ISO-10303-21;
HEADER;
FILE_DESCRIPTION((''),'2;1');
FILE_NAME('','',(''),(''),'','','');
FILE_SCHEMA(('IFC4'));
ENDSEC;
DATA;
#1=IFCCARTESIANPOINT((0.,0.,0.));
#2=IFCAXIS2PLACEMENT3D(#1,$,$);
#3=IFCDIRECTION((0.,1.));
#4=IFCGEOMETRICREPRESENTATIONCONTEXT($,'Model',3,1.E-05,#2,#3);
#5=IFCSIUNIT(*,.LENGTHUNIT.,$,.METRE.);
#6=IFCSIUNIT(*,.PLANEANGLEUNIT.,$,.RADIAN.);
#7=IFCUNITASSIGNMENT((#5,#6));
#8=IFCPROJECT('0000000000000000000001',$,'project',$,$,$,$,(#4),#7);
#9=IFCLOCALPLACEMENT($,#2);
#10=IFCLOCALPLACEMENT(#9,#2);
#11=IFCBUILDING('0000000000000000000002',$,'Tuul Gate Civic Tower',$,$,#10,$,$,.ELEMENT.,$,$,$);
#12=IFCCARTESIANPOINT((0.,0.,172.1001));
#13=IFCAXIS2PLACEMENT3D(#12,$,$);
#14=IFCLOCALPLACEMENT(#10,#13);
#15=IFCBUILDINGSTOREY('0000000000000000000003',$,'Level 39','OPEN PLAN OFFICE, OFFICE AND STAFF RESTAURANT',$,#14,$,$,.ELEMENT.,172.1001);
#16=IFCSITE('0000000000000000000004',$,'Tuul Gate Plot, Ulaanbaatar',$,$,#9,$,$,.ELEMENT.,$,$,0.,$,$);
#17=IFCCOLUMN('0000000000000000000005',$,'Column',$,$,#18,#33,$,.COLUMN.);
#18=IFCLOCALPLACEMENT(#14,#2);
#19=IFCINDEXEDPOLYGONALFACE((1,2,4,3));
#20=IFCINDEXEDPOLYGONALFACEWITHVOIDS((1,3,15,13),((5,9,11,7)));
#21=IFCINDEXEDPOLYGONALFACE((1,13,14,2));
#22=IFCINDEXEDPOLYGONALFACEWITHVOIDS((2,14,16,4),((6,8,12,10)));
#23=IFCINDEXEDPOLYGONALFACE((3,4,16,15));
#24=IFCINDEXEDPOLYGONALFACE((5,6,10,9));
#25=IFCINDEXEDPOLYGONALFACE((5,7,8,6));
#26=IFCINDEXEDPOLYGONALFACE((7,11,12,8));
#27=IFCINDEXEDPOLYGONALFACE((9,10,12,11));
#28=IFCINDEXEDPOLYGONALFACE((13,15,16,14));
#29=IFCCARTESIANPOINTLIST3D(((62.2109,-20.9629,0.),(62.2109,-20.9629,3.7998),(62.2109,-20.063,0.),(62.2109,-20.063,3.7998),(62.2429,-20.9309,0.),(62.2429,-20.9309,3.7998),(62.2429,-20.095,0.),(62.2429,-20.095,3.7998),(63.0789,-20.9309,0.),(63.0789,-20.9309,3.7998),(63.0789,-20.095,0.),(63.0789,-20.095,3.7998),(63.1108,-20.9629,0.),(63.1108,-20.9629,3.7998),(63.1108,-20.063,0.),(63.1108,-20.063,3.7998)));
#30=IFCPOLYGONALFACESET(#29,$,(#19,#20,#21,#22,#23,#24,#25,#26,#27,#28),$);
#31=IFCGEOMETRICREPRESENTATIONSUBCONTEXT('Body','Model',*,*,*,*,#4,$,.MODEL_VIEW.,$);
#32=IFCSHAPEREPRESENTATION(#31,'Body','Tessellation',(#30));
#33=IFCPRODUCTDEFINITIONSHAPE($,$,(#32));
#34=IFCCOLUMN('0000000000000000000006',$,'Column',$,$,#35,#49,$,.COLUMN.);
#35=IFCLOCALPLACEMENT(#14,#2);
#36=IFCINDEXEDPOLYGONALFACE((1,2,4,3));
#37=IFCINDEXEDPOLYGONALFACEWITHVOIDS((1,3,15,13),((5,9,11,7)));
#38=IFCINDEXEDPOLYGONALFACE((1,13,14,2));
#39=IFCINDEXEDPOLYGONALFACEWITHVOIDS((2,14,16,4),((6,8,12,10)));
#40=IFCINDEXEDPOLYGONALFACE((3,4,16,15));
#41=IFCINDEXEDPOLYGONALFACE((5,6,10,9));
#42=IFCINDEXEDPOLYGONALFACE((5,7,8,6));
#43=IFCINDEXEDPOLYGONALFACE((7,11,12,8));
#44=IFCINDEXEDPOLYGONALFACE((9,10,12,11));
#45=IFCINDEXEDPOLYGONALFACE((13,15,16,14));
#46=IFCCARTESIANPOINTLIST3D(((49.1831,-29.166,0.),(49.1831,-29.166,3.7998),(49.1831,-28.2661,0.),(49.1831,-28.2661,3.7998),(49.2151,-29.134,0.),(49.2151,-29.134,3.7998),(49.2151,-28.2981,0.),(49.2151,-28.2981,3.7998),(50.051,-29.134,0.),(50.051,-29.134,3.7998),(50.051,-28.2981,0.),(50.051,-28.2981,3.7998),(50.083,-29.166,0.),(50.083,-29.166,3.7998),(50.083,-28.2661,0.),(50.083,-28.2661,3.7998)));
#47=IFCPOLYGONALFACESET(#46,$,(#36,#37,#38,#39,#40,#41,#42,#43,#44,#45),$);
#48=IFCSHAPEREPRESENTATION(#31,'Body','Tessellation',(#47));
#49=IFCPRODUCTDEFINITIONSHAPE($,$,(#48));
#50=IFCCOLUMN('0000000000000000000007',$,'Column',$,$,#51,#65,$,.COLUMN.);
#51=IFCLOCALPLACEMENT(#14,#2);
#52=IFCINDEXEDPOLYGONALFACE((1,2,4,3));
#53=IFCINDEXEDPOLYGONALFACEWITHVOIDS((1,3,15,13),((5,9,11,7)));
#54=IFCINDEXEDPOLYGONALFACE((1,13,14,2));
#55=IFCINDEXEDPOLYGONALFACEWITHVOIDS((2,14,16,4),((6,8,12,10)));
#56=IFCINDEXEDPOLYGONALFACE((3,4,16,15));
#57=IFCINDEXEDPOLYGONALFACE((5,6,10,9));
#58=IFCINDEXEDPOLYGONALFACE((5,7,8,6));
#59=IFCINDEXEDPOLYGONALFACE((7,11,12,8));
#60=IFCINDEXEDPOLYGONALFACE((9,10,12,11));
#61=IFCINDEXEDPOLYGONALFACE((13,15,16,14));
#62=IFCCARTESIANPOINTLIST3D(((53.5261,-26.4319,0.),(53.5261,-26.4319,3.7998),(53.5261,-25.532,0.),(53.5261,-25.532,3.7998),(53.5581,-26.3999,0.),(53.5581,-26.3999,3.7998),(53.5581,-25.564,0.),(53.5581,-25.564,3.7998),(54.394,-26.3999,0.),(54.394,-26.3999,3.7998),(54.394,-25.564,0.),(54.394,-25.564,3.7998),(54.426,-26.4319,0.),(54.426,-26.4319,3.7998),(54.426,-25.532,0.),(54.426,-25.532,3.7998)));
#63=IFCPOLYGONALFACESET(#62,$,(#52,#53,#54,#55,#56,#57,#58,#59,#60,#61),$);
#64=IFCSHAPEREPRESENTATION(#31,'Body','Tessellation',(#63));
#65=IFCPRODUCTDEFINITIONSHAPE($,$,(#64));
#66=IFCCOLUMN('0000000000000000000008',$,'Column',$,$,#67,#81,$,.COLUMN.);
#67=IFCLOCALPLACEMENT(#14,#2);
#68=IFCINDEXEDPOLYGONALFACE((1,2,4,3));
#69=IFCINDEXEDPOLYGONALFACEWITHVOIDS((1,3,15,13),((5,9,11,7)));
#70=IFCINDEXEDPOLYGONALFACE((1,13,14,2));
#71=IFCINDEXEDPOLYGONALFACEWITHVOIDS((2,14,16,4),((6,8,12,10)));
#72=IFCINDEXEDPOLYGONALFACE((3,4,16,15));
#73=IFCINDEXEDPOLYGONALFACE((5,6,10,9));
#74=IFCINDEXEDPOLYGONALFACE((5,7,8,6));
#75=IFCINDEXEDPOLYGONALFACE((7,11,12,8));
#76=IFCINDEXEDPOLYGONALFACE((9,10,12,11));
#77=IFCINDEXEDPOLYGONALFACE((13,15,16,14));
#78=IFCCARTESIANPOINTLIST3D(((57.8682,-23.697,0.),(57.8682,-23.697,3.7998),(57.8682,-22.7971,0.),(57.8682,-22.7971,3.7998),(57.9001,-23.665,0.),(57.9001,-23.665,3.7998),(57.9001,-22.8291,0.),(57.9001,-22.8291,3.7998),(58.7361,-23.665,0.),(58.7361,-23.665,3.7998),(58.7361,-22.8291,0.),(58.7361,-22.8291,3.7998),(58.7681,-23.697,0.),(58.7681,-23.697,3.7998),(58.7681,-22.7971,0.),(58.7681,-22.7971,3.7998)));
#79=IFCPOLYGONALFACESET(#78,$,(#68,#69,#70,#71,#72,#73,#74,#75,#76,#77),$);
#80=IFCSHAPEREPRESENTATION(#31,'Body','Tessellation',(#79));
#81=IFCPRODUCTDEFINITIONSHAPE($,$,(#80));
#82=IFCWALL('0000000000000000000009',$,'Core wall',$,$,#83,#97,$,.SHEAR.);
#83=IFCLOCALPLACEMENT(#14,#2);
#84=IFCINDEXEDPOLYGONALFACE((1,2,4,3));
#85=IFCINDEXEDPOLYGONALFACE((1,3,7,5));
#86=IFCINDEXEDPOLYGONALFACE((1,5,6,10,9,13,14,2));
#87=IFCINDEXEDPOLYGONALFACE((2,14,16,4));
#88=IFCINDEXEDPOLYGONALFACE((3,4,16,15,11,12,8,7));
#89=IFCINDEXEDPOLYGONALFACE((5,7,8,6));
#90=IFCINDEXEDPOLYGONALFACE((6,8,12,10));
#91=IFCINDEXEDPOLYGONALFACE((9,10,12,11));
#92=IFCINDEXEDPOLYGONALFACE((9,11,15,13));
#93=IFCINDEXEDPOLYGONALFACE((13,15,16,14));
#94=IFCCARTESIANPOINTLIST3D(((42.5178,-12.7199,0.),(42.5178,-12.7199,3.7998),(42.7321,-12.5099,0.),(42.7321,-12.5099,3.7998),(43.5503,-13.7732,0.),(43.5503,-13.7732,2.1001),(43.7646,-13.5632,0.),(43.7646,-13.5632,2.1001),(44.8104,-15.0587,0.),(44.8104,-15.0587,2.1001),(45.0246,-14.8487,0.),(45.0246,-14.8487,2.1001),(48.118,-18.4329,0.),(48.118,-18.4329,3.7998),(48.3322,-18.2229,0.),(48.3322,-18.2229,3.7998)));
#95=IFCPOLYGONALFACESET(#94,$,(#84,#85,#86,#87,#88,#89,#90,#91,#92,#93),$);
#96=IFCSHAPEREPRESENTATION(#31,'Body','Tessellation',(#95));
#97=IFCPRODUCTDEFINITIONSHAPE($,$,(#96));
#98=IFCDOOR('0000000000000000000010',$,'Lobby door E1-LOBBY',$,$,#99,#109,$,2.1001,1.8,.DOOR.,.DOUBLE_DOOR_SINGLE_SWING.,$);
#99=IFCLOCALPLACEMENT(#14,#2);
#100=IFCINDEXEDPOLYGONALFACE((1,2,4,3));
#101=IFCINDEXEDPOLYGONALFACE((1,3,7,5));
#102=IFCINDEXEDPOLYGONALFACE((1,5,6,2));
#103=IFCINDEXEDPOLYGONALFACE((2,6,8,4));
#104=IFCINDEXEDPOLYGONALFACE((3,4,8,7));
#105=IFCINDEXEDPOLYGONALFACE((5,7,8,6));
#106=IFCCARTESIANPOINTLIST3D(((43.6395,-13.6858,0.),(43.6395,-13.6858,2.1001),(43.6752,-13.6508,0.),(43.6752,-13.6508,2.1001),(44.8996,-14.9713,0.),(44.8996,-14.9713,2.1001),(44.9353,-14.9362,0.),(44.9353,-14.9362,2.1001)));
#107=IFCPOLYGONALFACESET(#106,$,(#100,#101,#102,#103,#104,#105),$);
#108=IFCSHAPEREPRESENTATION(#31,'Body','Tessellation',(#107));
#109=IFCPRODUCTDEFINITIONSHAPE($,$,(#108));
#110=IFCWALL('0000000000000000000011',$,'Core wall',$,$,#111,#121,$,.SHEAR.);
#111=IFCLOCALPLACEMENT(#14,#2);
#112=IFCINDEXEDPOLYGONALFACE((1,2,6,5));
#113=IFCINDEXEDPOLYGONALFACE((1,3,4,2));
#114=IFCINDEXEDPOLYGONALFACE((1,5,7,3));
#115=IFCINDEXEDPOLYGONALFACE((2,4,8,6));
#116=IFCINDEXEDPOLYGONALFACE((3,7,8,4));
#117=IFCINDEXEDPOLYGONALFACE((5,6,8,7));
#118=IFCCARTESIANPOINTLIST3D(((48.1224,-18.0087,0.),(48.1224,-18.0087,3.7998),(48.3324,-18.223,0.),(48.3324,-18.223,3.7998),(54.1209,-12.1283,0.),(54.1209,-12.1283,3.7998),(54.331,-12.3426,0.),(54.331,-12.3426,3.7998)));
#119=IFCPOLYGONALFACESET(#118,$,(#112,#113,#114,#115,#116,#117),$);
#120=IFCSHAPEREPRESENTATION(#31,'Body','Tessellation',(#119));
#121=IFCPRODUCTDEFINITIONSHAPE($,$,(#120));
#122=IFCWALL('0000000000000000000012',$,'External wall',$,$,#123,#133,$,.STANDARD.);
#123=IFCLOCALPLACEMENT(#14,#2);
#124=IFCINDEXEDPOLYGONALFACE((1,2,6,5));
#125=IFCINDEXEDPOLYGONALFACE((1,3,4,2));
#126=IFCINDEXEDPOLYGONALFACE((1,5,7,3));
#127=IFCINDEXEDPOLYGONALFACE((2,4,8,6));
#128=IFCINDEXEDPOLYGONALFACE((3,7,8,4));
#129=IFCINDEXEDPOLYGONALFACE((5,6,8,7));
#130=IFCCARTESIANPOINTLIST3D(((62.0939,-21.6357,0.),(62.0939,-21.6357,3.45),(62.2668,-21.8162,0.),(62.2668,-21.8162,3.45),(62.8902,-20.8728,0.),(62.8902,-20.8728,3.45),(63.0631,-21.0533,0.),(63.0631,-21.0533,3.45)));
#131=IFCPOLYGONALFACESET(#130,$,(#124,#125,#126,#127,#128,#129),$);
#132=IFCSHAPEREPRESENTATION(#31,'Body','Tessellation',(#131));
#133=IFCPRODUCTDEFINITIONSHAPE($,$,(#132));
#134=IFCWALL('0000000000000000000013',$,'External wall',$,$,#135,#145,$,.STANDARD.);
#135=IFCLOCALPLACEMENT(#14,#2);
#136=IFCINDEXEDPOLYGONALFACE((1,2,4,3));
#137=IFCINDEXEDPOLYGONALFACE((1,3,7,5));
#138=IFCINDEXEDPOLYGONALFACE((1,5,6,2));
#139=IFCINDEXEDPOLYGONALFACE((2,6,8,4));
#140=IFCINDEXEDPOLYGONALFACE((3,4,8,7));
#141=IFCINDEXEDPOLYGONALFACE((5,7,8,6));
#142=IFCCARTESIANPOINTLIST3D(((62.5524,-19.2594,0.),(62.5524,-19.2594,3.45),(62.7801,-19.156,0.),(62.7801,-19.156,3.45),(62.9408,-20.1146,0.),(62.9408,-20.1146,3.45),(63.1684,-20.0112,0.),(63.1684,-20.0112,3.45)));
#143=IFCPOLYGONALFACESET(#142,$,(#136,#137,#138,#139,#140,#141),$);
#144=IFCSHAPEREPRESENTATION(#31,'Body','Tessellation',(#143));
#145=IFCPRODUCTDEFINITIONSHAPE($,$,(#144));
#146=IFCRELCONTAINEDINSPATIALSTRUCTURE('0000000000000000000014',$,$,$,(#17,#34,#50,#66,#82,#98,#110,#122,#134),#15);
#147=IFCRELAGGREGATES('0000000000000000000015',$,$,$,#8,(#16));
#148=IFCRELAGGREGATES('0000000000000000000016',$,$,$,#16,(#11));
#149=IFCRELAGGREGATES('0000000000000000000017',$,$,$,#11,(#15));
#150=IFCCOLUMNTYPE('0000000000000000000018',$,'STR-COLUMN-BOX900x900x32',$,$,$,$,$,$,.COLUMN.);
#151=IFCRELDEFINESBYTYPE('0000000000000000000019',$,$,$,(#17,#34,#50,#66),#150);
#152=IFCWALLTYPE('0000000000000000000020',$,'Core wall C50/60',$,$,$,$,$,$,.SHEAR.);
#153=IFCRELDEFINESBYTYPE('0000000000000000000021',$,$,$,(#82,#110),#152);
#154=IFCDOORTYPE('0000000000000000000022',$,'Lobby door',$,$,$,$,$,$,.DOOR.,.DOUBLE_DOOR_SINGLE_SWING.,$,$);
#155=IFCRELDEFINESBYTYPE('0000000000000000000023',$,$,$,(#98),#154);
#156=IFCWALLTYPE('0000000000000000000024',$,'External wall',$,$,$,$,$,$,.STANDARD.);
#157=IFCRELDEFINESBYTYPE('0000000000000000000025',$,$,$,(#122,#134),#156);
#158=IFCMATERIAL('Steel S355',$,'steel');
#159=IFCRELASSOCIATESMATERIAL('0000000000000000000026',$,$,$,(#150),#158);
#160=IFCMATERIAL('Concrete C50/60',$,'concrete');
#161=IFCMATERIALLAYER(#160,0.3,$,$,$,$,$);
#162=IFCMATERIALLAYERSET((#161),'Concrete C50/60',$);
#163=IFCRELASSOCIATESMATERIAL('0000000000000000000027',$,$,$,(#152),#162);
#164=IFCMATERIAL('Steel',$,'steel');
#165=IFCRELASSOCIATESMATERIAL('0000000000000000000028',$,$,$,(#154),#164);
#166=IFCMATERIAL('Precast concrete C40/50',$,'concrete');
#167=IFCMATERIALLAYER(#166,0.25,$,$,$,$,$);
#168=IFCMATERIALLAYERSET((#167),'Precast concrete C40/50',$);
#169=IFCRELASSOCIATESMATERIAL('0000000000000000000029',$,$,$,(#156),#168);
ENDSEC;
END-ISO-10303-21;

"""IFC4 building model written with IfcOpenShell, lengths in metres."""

from ifc_helpers import new_model, si_unit, direction, frame, frame_2d, origin, origin_2d, place, context, subcontext, project, spatial, rectangle, hollow_rectangle, extrude, material, layer, layer_set, material_profile, profile_set, type_object, element, fill, save


model = new_model("IFC4")

# Units and contexts
model_context = context("Model", 3, precision=1e-05, world=origin(), true_north=direction((0.0, 1.0)))
body_context = subcontext(model_context, "Body", "Model", "MODEL_VIEW")
ifc_project = project(units=[si_unit("LENGTHUNIT", "METRE"), si_unit("PLANEANGLEUNIT", "RADIAN")], contexts=[model_context])

# Site, building, storey
site_placement = place(None, origin())
site = spatial("IfcSite", under=ifc_project, at=site_placement, Name="Tuul Gate Plot, Ulaanbaatar", CompositionType="ELEMENT", RefElevation=0.0)
building_placement = place(site_placement, origin())
building = spatial("IfcBuilding", under=site, at=building_placement, Name="Tuul Gate Civic Tower", CompositionType="ELEMENT")
storey_placement = place(building_placement, frame((0.0, 0.0, 172.1001)))
storey = spatial("IfcBuildingStorey", under=building, at=storey_placement, Name="Level 39", Description="OPEN PLAN OFFICE, OFFICE AND STAFF RESTAURANT", CompositionType="ELEMENT", Elevation=172.1001)

# Columns
ifc_material_1 = material(Name="Steel S355", Category="steel")
ifc_material_profile_1 = material_profile(ifc_material_1, hollow_rectangle(XDim=0.8999, YDim=0.8999, WallThickness=0.032, at=origin_2d()), Name="BOX900x900x32")
ifc_profile_set_1 = profile_set([ifc_material_profile_1], Name="Steel S355")
column_type = type_object("IfcColumnType", Name="STR-COLUMN-BOX900x900x32", PredefinedType="COLUMN", material=ifc_profile_set_1)
for number, where, z_axis, x_axis, name in (
    (1, (62.6609, -20.5129, 0.0), (0.0, 0.0, 1.0), (1.0, 0.0, 0.0), "Column"),
    (2, (49.6331, -28.7161, 0.0), (0.0, 0.0, 1.0), (1.0, 0.0, 0.0), "Column"),
    (3, (53.9761, -25.9819, 0.0), (0.0, 0.0, 1.0), (1.0, 0.0, 0.0), "Column"),
    (4, (58.3181, -23.2471, 0.0), (0.0, 0.0, 1.0), (1.0, 0.0, 0.0), "Column"),
):
    element("IfcColumn", number, at=place(storey_placement, frame(where, z_axis=z_axis, x_axis=x_axis)), inside=storey, type_object=column_type, Name=name, PredefinedType="COLUMN", context=body_context, shape_type="SweptSolid", body=[
        extrude(hollow_rectangle(XDim=0.8999, YDim=0.8999, WallThickness=0.032, at=origin_2d()), origin(), (0.0, 0.0, 1.0), 3.7998),
    ])

# Wall, opening, door
ifc_material_2 = material(Name="Concrete C50/60", Category="concrete")
ifc_layer_1 = layer(ifc_material_2, 0.3)
ifc_layer_set_1 = layer_set([ifc_layer_1], Name="Concrete C50/60")
wall_type_1 = type_object("IfcWallType", Name="Core wall C50/60", PredefinedType="SHEAR", material=ifc_layer_set_1)
wall_1_placement = place(storey_placement, frame((48.2251, -18.3279, 0.0), z_axis=(0.0, 0.0, 1.0), x_axis=(-0.700022, 0.714121, 0.0)))
wall_1 = element("IfcWall", 5, at=wall_1_placement, inside=storey, type_object=wall_type_1, Name="Core wall", PredefinedType="SHEAR", context=body_context, shape_type="SweptSolid", body=[
    extrude(rectangle(XDim=8.0, YDim=0.3, at=frame_2d((4.0, 0.0))), origin(), (0.0, 0.0, 1.0), 3.7998),
])
opening_1_placement = place(wall_1_placement, frame((4.7251, 0.0, 0.0)))
opening_1 = element("IfcOpeningElement", 6, at=opening_1_placement, cuts=wall_1, PredefinedType="OPENING", context=body_context, shape_type="SweptSolid", body=[
    extrude(rectangle(XDim=1.8, YDim=2.1001, at=frame_2d((0.8999, 1.05))), frame((0.0, 0.1602, 0.0), z_axis=(0.0, -1.0, 0.0), x_axis=(1.0, 0.0, 0.0)), (0.0, 0.0, 1.0), 0.3201),
])
ifc_material_3 = material(Name="Steel", Category="steel")
door_type = type_object("IfcDoorType", Name="Lobby door", OperationType="DOUBLE_DOOR_SINGLE_SWING", PredefinedType="DOOR", material=ifc_material_3)
door_placement = place(opening_1_placement, frame((1.8, 0.0, 0.0), z_axis=(0.0, 0.0, 1.0), x_axis=(-1.0, 0.0, 0.0)))
door = element("IfcDoor", 7, at=door_placement, inside=storey, type_object=door_type, Name="Lobby door E1-LOBBY", OperationType="DOUBLE_DOOR_SINGLE_SWING", OverallHeight=2.1001, OverallWidth=1.8, PredefinedType="DOOR", context=body_context, shape_type="SweptSolid", body=[
    extrude(rectangle(XDim=1.8, YDim=2.1001, at=frame_2d((0.9001, 1.05))), frame((0.0, 0.0249, 0.0), z_axis=(0.0, -1.0, 0.0), x_axis=(1.0, 0.0, 0.0)), (0.0, 0.0, 1.0), 0.05),
])
fill(opening_1, door)

# Walls
wall_2_placement = place(storey_placement, frame((48.2273, -18.116, 0.0), z_axis=(0.0, 0.0, 1.0), x_axis=(0.714105, 0.700038, 0.0)))
element("IfcWall", 8, at=wall_2_placement, inside=storey, type_object=wall_type_1, Name="Core wall", PredefinedType="SHEAR", context=body_context, shape_type="SweptSolid", body=[
    extrude(rectangle(XDim=8.4001, YDim=0.3, at=frame_2d((4.2002, 0.0))), origin(), (0.0, 0.0, 1.0), 3.7998),
])
ifc_material_4 = material(Name="Precast concrete C40/50", Category="concrete")
ifc_layer_2 = layer(ifc_material_4, 0.25)
ifc_layer_set_2 = layer_set([ifc_layer_2], Name="Precast concrete C40/50")
wall_type_2 = type_object("IfcWallType", Name="External wall", PredefinedType="STANDARD", material=ifc_layer_set_2)
wall_3_placement = place(storey_placement, frame((62.1804, -21.7258, 0.0), z_axis=(0.0, 0.0, 1.0), x_axis=(0.722108, 0.69178, 0.0)))
element("IfcWall", 9, at=wall_3_placement, inside=storey, type_object=wall_type_2, Name="External wall", PredefinedType="STANDARD", context=body_context, shape_type="SweptSolid", body=[
    extrude(rectangle(XDim=1.1028, YDim=0.25, at=frame_2d((0.5513, 0.0))), origin(), (0.0, 0.0, 1.0), 3.45),
])
wall_4_placement = place(storey_placement, frame((63.0547, -20.063, 0.0), z_axis=(0.0, 0.0, 1.0), x_axis=(-0.413529, 0.910491, 0.0)))
element("IfcWall", 10, at=wall_4_placement, inside=storey, type_object=wall_type_2, Name="External wall", PredefinedType="STANDARD", context=body_context, shape_type="SweptSolid", body=[
    extrude(rectangle(XDim=0.9392, YDim=0.25, at=frame_2d((0.4697, 0.0))), origin(), (0.0, 0.0, 1.0), 3.45),
])

save(model, "model.ifc")
